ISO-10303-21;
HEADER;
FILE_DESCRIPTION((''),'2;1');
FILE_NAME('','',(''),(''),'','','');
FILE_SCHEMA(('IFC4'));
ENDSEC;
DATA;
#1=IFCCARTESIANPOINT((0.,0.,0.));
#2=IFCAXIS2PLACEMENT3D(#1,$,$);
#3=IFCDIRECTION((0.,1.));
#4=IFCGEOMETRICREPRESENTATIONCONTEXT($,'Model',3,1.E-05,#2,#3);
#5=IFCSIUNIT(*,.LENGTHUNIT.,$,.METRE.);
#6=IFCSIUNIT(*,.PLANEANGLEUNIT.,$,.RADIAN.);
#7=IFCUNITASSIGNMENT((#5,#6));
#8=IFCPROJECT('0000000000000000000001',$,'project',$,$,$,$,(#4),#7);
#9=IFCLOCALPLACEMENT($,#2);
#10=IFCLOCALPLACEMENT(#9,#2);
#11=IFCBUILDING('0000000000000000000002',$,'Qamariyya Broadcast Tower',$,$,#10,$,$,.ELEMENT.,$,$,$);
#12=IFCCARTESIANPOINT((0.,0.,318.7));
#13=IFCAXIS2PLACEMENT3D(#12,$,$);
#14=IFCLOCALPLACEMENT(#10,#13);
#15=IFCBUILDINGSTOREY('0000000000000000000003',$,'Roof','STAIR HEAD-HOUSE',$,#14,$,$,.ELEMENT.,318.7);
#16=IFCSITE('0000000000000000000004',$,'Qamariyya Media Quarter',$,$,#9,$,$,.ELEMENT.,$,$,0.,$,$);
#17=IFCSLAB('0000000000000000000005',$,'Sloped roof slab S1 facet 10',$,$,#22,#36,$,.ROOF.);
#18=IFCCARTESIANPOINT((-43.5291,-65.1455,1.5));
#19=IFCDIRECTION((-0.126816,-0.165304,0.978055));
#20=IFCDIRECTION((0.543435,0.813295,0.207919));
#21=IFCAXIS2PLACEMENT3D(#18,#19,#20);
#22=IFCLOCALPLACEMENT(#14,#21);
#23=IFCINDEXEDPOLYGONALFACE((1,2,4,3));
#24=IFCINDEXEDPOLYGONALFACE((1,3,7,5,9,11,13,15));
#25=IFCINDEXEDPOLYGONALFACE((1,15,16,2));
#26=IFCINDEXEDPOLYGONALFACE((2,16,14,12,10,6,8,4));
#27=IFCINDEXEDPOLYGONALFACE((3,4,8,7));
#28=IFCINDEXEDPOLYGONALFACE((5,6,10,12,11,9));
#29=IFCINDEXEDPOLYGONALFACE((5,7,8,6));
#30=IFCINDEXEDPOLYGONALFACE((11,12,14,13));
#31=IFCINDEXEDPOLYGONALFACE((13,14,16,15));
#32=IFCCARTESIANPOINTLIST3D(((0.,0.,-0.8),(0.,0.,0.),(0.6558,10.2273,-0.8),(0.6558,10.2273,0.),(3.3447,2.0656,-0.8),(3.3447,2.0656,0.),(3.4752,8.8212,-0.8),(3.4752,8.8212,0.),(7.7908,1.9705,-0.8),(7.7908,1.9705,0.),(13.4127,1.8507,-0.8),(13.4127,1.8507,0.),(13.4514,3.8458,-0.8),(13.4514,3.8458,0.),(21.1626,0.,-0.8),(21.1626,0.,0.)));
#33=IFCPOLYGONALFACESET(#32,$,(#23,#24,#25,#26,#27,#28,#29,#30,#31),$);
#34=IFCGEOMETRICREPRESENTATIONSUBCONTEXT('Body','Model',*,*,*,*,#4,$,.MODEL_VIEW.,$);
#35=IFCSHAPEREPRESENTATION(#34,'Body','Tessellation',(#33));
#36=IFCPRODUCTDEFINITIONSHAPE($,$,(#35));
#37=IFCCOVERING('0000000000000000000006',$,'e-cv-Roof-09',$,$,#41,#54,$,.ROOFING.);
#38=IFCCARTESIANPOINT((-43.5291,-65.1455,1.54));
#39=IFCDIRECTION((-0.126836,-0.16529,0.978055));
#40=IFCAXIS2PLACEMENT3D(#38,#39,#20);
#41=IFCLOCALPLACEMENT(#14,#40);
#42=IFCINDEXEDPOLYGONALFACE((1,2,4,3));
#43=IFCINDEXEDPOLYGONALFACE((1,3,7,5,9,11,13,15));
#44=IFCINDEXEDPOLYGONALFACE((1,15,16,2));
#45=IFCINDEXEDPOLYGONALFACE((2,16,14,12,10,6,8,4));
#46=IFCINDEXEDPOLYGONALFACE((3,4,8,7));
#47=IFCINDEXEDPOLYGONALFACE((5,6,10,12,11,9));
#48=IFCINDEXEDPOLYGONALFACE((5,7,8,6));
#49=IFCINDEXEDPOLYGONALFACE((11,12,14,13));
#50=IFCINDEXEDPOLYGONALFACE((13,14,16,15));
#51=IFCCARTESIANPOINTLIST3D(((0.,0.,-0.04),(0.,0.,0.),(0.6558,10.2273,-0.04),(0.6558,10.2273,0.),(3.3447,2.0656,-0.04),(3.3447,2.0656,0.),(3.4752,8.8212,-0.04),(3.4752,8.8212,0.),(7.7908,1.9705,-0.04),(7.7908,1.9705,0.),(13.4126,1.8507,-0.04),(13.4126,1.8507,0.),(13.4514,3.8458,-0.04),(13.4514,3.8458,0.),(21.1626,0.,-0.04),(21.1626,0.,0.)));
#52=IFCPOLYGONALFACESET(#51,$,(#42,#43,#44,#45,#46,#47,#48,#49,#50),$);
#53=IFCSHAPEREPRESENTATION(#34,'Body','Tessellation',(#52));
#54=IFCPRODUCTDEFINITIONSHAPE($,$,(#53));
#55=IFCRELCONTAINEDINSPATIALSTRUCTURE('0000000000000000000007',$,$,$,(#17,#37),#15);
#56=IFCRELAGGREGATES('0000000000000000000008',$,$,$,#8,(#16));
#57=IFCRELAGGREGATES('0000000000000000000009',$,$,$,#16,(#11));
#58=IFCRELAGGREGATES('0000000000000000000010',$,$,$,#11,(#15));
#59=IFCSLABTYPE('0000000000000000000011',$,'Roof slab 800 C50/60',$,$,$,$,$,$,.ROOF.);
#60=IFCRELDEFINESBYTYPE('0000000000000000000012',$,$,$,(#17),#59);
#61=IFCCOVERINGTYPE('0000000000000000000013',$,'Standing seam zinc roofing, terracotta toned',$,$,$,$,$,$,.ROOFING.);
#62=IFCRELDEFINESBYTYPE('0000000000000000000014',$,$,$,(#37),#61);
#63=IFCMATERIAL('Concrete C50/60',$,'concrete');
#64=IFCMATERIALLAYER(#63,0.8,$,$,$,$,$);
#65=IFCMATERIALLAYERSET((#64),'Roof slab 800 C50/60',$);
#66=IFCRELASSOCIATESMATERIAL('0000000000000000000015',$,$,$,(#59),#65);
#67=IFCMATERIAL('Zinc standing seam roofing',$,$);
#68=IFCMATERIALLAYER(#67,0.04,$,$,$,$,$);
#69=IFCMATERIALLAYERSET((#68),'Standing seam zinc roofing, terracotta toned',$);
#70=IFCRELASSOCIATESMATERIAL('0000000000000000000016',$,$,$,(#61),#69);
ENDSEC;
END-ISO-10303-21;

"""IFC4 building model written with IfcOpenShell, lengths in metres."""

from ifc_helpers import new_model, si_unit, direction, frame, origin, place, context, subcontext, project, spatial, polyline, outline, extrude, material, layer, layer_set, type_object, element, save


model = new_model("IFC4")

# Units and contexts
model_context = context("Model", 3, precision=1e-05, world=origin(), true_north=direction((0.0, 1.0)))
body_context = subcontext(model_context, "Body", "Model", "MODEL_VIEW")
ifc_project = project(units=[si_unit("LENGTHUNIT", "METRE"), si_unit("PLANEANGLEUNIT", "RADIAN")], contexts=[model_context])

# Site, building, storey
site_placement = place(None, origin())
site = spatial("IfcSite", under=ifc_project, at=site_placement, Name="Qamariyya Media Quarter", CompositionType="ELEMENT", RefElevation=0.0)
building_placement = place(site_placement, origin())
building = spatial("IfcBuilding", under=site, at=building_placement, Name="Qamariyya Broadcast Tower", CompositionType="ELEMENT")
storey_placement = place(building_placement, frame((0.0, 0.0, 318.7)))
storey = spatial("IfcBuildingStorey", under=building, at=storey_placement, Name="Roof", Description="STAIR HEAD-HOUSE", CompositionType="ELEMENT", Elevation=318.7)

# Shared definitions
ifc_material_1 = material(Name="Concrete C50/60", Category="concrete")

# Slab
ifc_layer_1 = layer(ifc_material_1, 0.8)
ifc_layer_set_1 = layer_set([ifc_layer_1], Name="Roof slab 800 C50/60")
slab_type = type_object("IfcSlabType", Name="Roof slab 800 C50/60", PredefinedType="ROOF", material=ifc_layer_set_1)
slab_1_placement = place(storey_placement, frame((-43.5291, -65.1455, 1.5), z_axis=(-0.126816, -0.165304, 0.978055), x_axis=(0.543435, 0.813295, 0.207919)))
element("IfcSlab", 1, at=slab_1_placement, inside=storey, type_object=slab_type, Name="Sloped roof slab S1 facet 10", PredefinedType="ROOF", context=body_context, shape_type="SweptSolid", body=[
    extrude(outline(polyline([(0.0, 0.0), (21.1626, 0.0), (13.4514, 3.8458), (13.4127, 1.8507), (7.7908, 1.9705), (3.3447, 2.0656), (3.4752, 8.8212), (0.6558, 10.2273), (0.0, 0.0)])), origin(), (0.0, 0.0, -1.0), 0.8),
])

# Covering
ifc_material_2 = material(Name="Zinc standing seam roofing")
ifc_layer_2 = layer(ifc_material_2, 0.04)
ifc_layer_set_2 = layer_set([ifc_layer_2], Name="Standing seam zinc roofing, terracotta toned")
covering_type = type_object("IfcCoveringType", Name="Standing seam zinc roofing, terracotta toned", PredefinedType="ROOFING", material=ifc_layer_set_2)
covering_1_placement = place(storey_placement, frame((-43.5291, -65.1455, 1.54), z_axis=(-0.126836, -0.16529, 0.978055), x_axis=(0.543435, 0.813295, 0.207919)))
element("IfcCovering", 2, at=covering_1_placement, inside=storey, type_object=covering_type, Name="e-cv-Roof-09", PredefinedType="ROOFING", context=body_context, shape_type="SweptSolid", body=[
    extrude(outline(polyline([(0.0, 0.0), (21.1626, 0.0), (13.4514, 3.8458), (13.4126, 1.8507), (7.7908, 1.9705), (3.3447, 2.0656), (3.4752, 8.8212), (0.6558, 10.2273), (0.0, 0.0)])), origin(), (0.0, 0.0, -1.0), 0.04),
])

save(model, "model.ifc")
